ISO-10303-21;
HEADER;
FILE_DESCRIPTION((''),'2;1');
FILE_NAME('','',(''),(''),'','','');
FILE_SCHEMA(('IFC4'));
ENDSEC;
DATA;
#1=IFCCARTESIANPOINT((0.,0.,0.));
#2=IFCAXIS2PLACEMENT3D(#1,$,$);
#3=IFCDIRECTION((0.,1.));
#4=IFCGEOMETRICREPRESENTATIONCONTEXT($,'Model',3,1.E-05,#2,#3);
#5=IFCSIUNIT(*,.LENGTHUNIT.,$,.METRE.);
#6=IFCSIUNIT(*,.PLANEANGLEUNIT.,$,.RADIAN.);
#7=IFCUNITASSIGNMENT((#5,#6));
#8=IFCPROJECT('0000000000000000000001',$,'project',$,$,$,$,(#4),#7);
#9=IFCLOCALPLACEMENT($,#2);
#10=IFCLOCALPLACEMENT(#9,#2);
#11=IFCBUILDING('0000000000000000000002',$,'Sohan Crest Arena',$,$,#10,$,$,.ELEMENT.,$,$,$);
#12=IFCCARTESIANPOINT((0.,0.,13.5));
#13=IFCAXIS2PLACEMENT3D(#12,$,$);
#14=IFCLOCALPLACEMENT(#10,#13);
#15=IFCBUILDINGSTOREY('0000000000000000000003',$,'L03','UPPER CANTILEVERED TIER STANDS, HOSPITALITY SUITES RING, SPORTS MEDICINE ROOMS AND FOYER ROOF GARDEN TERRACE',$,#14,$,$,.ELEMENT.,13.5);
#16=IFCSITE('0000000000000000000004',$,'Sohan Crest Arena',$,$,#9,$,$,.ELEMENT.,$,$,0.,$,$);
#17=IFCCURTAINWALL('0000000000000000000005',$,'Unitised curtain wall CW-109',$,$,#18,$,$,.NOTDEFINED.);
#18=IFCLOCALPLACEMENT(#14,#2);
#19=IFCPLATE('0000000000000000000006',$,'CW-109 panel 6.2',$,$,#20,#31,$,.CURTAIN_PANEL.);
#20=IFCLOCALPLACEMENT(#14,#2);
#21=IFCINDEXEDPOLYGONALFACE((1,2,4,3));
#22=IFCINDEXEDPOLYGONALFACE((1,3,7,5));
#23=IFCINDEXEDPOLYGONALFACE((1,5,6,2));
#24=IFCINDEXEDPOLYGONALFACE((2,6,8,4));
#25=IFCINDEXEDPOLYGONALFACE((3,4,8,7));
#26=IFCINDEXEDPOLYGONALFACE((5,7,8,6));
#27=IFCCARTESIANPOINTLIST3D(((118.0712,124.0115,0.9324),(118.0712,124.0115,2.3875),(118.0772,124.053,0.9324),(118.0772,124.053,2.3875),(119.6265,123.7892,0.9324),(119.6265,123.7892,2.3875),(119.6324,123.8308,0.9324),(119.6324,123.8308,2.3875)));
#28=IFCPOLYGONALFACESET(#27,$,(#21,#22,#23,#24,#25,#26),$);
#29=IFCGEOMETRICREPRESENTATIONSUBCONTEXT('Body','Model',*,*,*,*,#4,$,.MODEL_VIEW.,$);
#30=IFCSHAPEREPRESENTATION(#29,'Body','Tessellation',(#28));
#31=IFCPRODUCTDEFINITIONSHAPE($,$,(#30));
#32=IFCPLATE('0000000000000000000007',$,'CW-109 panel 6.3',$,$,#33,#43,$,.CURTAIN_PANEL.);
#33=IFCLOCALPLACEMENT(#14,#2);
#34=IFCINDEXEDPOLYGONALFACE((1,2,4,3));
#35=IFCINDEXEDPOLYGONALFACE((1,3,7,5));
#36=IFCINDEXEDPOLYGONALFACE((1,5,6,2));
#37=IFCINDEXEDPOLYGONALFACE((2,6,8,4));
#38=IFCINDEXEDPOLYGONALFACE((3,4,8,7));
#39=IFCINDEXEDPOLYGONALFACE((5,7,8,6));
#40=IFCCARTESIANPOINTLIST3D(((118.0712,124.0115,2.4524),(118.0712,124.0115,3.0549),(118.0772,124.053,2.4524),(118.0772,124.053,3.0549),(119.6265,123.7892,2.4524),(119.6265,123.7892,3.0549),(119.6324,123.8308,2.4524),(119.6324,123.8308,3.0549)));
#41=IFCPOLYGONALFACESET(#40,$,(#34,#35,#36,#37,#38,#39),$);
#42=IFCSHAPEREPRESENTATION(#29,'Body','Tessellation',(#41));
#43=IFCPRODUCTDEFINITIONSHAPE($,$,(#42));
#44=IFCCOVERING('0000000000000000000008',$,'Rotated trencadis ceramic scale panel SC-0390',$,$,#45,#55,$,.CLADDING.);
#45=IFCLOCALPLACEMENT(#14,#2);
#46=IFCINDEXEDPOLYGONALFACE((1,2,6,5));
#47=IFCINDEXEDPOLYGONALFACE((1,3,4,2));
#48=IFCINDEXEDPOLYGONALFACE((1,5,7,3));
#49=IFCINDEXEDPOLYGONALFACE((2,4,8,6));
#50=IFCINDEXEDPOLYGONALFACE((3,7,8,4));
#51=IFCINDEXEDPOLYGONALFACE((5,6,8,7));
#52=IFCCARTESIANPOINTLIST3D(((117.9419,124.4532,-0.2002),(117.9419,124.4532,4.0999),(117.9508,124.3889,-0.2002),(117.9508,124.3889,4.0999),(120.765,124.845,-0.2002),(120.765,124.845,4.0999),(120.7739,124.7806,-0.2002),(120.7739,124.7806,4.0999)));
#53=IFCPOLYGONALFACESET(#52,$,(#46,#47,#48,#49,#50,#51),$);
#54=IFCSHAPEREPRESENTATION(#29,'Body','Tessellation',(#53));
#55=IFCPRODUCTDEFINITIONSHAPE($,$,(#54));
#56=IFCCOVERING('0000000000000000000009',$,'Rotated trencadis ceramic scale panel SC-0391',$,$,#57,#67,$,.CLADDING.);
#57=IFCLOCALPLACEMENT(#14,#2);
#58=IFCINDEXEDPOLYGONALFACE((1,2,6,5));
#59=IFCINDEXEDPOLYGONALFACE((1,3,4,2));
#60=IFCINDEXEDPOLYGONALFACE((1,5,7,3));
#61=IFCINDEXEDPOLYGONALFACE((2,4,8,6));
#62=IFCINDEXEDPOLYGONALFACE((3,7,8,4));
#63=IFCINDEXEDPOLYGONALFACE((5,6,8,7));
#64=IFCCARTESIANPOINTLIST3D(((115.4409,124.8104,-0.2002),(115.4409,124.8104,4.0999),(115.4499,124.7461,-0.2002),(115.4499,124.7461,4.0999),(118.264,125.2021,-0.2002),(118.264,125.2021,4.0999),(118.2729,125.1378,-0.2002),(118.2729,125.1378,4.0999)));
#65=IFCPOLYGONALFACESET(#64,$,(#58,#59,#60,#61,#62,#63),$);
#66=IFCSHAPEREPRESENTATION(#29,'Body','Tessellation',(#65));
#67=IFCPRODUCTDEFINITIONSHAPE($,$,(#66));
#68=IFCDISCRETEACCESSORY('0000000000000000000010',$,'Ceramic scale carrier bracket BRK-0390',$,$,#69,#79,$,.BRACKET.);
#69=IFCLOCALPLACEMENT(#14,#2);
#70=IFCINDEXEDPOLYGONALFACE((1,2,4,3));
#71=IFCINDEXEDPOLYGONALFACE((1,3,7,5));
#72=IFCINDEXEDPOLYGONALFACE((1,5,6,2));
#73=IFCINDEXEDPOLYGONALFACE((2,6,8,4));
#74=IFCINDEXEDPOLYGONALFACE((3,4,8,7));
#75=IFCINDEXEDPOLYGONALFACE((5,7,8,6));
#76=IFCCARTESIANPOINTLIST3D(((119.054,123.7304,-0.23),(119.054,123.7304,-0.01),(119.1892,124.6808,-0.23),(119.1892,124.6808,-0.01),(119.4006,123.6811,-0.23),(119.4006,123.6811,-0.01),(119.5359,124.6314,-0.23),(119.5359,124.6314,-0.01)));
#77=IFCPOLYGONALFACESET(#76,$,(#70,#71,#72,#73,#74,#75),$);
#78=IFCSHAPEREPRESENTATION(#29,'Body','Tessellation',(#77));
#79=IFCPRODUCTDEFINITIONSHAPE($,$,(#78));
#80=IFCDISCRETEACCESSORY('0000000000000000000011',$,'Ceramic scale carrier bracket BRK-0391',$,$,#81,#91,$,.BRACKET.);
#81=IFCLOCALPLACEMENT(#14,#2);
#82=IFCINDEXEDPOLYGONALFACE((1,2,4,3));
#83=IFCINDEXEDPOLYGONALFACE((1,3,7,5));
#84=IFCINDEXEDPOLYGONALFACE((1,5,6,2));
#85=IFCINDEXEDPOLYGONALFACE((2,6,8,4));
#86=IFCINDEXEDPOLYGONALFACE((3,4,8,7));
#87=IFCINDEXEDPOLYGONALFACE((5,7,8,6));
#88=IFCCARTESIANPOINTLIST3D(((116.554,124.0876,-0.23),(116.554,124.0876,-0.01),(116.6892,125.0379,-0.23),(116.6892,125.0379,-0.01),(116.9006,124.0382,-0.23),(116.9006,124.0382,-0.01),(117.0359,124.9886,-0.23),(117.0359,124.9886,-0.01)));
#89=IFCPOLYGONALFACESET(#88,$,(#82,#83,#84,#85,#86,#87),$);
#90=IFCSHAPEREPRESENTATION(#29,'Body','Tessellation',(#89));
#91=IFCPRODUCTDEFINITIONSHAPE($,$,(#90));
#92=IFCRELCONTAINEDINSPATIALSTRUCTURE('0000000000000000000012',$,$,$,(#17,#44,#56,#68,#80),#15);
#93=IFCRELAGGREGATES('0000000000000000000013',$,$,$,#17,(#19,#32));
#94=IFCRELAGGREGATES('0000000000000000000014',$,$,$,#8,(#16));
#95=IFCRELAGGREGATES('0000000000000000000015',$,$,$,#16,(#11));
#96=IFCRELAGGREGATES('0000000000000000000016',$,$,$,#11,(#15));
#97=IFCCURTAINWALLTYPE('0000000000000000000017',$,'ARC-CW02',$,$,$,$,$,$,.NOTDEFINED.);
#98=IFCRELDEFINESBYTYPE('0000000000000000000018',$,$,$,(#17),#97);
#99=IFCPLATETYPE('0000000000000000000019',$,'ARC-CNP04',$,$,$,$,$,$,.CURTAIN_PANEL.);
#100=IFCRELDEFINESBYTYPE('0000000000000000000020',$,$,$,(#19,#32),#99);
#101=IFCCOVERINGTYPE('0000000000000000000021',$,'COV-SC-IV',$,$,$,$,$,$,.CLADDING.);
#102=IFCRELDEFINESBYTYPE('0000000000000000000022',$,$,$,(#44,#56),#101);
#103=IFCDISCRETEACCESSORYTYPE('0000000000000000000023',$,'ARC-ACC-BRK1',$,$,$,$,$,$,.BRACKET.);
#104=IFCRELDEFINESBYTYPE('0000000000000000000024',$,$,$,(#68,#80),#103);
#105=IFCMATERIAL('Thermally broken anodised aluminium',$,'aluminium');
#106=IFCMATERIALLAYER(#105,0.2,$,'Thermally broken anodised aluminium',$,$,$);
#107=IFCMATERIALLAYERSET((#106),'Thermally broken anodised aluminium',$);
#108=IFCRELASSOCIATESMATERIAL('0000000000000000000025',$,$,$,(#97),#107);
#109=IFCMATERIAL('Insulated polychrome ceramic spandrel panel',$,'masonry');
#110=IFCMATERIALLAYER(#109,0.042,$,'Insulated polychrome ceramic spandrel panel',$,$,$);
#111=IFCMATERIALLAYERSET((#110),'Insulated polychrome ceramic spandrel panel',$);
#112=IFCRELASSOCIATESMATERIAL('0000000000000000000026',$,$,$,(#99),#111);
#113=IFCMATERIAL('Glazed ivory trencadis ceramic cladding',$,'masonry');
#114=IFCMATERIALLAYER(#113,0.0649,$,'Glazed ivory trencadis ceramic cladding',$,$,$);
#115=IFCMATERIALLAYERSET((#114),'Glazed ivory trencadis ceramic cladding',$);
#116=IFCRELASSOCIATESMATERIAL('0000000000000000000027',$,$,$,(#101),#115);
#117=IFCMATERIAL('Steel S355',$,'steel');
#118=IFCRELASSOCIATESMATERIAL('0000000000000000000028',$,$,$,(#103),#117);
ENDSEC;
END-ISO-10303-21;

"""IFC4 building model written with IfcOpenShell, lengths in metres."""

from ifc_helpers import new_model, si_unit, direction, frame, origin, origin_2d, place, context, subcontext, project, spatial, rectangle, extrude, material, layer, layer_set, type_object, element, aggregate, save


model = new_model("IFC4")

# Units and contexts
model_context = context("Model", 3, precision=1e-05, world=origin(), true_north=direction((0.0, 1.0)))
body_context = subcontext(model_context, "Body", "Model", "MODEL_VIEW")
ifc_project = project(units=[si_unit("LENGTHUNIT", "METRE"), si_unit("PLANEANGLEUNIT", "RADIAN")], contexts=[model_context])

# Site, building, storey
site_placement = place(None, origin())
site = spatial("IfcSite", under=ifc_project, at=site_placement, Name="Sohan Crest Arena", CompositionType="ELEMENT", RefElevation=0.0)
building_placement = place(site_placement, origin())
building = spatial("IfcBuilding", under=site, at=building_placement, Name="Sohan Crest Arena", CompositionType="ELEMENT")
storey_placement = place(building_placement, frame((0.0, 0.0, 13.5)))
storey = spatial("IfcBuildingStorey", under=building, at=storey_placement, Name="L03", Description="UPPER CANTILEVERED TIER STANDS, HOSPITALITY SUITES RING, SPORTS MEDICINE ROOMS AND FOYER ROOF GARDEN TERRACE", CompositionType="ELEMENT", Elevation=13.5)

# Shared definitions
ifc_material_1 = material(Name="Steel S355", Category="steel")

# Curtain wall
ifc_material_2 = material(Name="Thermally broken anodised aluminium", Category="aluminium")
ifc_layer_1 = layer(ifc_material_2, 0.2, Name="Thermally broken anodised aluminium")
ifc_layer_set_1 = layer_set([ifc_layer_1], Name="Thermally broken anodised aluminium")
curtain_wall_type_1 = type_object("IfcCurtainWallType", Name="ARC-CW02", PredefinedType="NOTDEFINED", material=ifc_layer_set_1)
curtain_wall_1_placement = place(storey_placement, origin())
curtain_wall_1 = element("IfcCurtainWall", 1, at=curtain_wall_1_placement, inside=storey, type_object=curtain_wall_type_1, Name="Unitised curtain wall CW-109", PredefinedType="NOTDEFINED")

# Plates
ifc_material_3 = material(Name="Insulated polychrome ceramic spandrel panel", Category="masonry")
ifc_layer_2 = layer(ifc_material_3, 0.042, Name="Insulated polychrome ceramic spandrel panel")
ifc_layer_set_2 = layer_set([ifc_layer_2], Name="Insulated polychrome ceramic spandrel panel")
plate_type_1 = type_object("IfcPlateType", Name="ARC-CNP04", PredefinedType="CURTAIN_PANEL", material=ifc_layer_set_2)
plate_1_placement = place(storey_placement, frame((118.8518, 123.9211, 0.9324), z_axis=(0.0, 0.0, 1.0), x_axis=(-0.989944, 0.141463, 0.0)))
plate_1 = element("IfcPlate", 2, at=plate_1_placement, type_object=plate_type_1, Name="CW-109 panel 6.2", PredefinedType="CURTAIN_PANEL", context=body_context, shape_type="SweptSolid", body=[
    extrude(rectangle(XDim=1.571, YDim=0.042, at=origin_2d()), origin(), (0.0, 0.0, 1.0), 1.4551),
])
plate_2_placement = place(storey_placement, frame((118.8518, 123.9211, 2.4524), z_axis=(0.0, 0.0, 1.0), x_axis=(-0.989944, 0.141463, 0.0)))
plate_2 = element("IfcPlate", 3, at=plate_2_placement, type_object=plate_type_1, Name="CW-109 panel 6.3", PredefinedType="CURTAIN_PANEL", context=body_context, shape_type="SweptSolid", body=[
    extrude(rectangle(XDim=1.571, YDim=0.042, at=origin_2d()), origin(), (0.0, 0.0, 1.0), 0.6025),
])
aggregate(curtain_wall_1, [plate_1, plate_2])

# Coverings
ifc_material_4 = material(Name="Glazed ivory trencadis ceramic cladding", Category="masonry")
ifc_layer_3 = layer(ifc_material_4, 0.0649, Name="Glazed ivory trencadis ceramic cladding")
ifc_layer_set_3 = layer_set([ifc_layer_3], Name="Glazed ivory trencadis ceramic cladding")
covering_type = type_object("IfcCoveringType", Name="COV-SC-IV", PredefinedType="CLADDING", material=ifc_layer_set_3)
for number, where, z_axis, x_axis, name in (
    (4, (119.3579, 124.6169, -0.2002), (0.0, 0.0, 1.0), (-0.990509, -0.137445, 0.0), "Rotated trencadis ceramic scale panel SC-0390"),
    (5, (116.8569, 124.9741, -0.2002), (0.0, 0.0, 1.0), (-0.990509, -0.137445, 0.0), "Rotated trencadis ceramic scale panel SC-0391"),
):
    element("IfcCovering", number, at=place(storey_placement, frame(where, z_axis=z_axis, x_axis=x_axis)), inside=storey, type_object=covering_type, Name=name, PredefinedType="CLADDING", context=body_context, shape_type="SweptSolid", body=[
        extrude(rectangle(XDim=2.8501, YDim=0.0649, at=origin_2d()), origin(), (0.0, 0.0, 1.0), 4.3),
    ])

# Discrete accessories
discrete_accessory_type = type_object("IfcDiscreteAccessoryType", Name="ARC-ACC-BRK1", PredefinedType="BRACKET", material=ifc_material_1)
for number, where, z_axis, x_axis, name in (
    (6, (119.2949, 124.1809, -0.23), (0.0, 0.0, 1.0), (-0.990024, 0.140901, 0.0), "Ceramic scale carrier bracket BRK-0390"),
    (7, (116.7949, 124.5381, -0.23), (0.0, 0.0, 1.0), (-0.990024, 0.140901, 0.0), "Ceramic scale carrier bracket BRK-0391"),
):
    element("IfcDiscreteAccessory", number, at=place(storey_placement, frame(where, z_axis=z_axis, x_axis=x_axis)), inside=storey, type_object=discrete_accessory_type, Name=name, PredefinedType="BRACKET", context=body_context, shape_type="SweptSolid", body=[
        extrude(rectangle(XDim=0.3501, YDim=0.96, at=origin_2d()), origin(), (0.0, 0.0, 1.0), 0.22),
    ])

save(model, "model.ifc")
